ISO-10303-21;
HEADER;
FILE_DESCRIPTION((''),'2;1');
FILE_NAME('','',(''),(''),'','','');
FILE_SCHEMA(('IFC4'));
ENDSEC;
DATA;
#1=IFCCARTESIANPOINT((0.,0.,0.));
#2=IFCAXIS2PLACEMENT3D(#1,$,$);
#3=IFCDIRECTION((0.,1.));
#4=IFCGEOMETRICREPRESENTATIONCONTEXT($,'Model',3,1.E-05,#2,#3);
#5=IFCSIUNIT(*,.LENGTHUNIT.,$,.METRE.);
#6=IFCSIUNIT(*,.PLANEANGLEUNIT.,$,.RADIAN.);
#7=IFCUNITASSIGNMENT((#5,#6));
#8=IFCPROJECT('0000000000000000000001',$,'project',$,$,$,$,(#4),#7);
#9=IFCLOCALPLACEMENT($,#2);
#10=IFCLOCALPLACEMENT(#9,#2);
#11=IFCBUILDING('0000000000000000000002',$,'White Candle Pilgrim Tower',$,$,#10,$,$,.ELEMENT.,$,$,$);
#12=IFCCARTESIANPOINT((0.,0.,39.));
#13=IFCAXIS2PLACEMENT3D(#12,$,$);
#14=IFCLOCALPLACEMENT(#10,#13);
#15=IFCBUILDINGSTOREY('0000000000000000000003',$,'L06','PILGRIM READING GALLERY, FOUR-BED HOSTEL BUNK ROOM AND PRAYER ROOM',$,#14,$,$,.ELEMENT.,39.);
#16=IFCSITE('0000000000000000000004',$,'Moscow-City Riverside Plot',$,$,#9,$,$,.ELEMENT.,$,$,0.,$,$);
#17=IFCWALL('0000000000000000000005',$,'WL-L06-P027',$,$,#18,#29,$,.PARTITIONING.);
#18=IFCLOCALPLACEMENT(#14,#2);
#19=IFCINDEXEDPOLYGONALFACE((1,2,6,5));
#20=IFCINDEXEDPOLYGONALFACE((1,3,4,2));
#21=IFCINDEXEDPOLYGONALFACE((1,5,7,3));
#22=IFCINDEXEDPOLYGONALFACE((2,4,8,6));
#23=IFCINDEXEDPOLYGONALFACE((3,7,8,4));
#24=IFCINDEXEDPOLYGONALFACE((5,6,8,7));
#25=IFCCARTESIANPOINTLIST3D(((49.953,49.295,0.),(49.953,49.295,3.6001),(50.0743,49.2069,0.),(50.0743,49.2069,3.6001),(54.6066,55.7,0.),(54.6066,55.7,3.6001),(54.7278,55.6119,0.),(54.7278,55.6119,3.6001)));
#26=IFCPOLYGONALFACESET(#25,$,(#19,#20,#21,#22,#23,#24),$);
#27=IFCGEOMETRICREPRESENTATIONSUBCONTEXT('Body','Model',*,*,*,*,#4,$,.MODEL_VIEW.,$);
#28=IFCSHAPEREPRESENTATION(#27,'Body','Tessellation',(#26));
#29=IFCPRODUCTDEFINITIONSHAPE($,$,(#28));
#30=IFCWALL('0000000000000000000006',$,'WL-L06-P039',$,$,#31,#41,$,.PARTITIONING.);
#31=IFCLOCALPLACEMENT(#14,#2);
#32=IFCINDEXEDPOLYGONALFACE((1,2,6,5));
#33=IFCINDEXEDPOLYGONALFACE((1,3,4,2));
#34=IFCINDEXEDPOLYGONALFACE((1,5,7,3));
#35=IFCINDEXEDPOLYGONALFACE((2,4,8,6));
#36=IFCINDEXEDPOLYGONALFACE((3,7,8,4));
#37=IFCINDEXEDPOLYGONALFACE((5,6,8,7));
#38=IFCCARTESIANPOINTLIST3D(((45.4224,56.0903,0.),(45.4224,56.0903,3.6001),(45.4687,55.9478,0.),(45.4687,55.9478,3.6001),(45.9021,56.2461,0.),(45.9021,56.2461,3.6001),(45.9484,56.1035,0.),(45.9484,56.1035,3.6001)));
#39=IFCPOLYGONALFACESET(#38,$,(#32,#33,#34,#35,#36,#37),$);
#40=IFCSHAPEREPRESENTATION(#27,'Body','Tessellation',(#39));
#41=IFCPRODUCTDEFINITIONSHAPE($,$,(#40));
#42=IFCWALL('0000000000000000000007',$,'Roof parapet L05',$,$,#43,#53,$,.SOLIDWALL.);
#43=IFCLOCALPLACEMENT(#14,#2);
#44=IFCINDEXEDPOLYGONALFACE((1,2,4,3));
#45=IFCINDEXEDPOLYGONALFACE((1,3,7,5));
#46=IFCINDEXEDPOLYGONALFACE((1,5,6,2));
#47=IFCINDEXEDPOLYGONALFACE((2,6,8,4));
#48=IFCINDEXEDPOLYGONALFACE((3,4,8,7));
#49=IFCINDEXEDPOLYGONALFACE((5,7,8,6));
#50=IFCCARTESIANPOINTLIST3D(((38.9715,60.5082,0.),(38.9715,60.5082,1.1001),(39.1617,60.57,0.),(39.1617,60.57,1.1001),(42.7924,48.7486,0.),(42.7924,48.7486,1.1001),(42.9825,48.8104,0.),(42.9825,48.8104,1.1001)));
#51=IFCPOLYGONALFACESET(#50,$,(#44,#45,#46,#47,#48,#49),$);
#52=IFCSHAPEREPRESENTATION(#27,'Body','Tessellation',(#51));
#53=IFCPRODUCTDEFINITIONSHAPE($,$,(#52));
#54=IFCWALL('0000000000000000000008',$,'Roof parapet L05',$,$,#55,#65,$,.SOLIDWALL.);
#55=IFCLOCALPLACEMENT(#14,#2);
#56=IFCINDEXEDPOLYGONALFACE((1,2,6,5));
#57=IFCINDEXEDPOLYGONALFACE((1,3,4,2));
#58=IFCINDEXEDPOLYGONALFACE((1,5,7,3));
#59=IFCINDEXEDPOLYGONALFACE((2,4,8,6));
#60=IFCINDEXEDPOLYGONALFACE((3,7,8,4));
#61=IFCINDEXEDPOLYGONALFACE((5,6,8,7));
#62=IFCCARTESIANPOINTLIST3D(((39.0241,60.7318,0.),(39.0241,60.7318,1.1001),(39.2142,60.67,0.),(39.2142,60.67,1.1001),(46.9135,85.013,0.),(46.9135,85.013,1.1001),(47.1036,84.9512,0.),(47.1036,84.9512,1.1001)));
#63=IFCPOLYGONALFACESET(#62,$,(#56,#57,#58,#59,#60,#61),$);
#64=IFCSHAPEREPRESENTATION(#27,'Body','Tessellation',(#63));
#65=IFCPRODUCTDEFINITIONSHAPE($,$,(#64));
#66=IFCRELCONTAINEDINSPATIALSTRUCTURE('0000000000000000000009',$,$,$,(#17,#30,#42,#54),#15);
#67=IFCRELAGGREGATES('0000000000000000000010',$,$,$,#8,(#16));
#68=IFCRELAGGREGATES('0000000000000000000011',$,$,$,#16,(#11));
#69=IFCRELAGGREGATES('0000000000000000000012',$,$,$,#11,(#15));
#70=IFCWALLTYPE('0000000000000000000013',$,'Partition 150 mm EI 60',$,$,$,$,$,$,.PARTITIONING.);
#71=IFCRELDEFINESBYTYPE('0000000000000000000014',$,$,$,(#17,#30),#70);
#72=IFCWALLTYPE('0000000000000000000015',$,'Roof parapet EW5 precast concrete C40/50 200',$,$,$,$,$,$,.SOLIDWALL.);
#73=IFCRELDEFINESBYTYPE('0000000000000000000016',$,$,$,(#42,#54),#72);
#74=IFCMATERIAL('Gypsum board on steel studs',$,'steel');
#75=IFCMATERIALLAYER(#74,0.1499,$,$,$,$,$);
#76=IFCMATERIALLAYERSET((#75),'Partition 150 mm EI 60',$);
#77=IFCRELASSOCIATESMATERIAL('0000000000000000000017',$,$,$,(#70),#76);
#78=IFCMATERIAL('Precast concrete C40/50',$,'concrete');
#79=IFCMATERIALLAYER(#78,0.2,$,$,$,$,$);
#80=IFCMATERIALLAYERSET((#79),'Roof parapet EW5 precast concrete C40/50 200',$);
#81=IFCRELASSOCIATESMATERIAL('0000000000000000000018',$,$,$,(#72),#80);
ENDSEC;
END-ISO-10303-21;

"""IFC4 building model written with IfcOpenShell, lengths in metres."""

from ifc_helpers import new_model, si_unit, direction, frame, frame_2d, origin, place, context, subcontext, project, spatial, rectangle, extrude, material, layer, layer_set, type_object, element, save


model = new_model("IFC4")

# Units and contexts
model_context = context("Model", 3, precision=1e-05, world=origin(), true_north=direction((0.0, 1.0)))
body_context = subcontext(model_context, "Body", "Model", "MODEL_VIEW")
ifc_project = project(units=[si_unit("LENGTHUNIT", "METRE"), si_unit("PLANEANGLEUNIT", "RADIAN")], contexts=[model_context])

# Site, building, storey
site_placement = place(None, origin())
site = spatial("IfcSite", under=ifc_project, at=site_placement, Name="Moscow-City Riverside Plot", CompositionType="ELEMENT", RefElevation=0.0)
building_placement = place(site_placement, origin())
building = spatial("IfcBuilding", under=site, at=building_placement, Name="White Candle Pilgrim Tower", CompositionType="ELEMENT")
storey_placement = place(building_placement, frame((0.0, 0.0, 39.0)))
storey = spatial("IfcBuildingStorey", under=building, at=storey_placement, Name="L06", Description="PILGRIM READING GALLERY, FOUR-BED HOSTEL BUNK ROOM AND PRAYER ROOM", CompositionType="ELEMENT", Elevation=39.0)

# Shared definitions
ifc_material_1 = material(Name="Gypsum board on steel studs", Category="steel")

# Shared definitions
ifc_material_2 = material(Name="Precast concrete C40/50", Category="concrete")

# Walls
ifc_layer_1 = layer(ifc_material_1, 0.1499)
ifc_layer_set_1 = layer_set([ifc_layer_1], Name="Partition 150 mm EI 60")
wall_type_1 = type_object("IfcWallType", Name="Partition 150 mm EI 60", PredefinedType="PARTITIONING", material=ifc_layer_set_1)
wall_1_placement = place(storey_placement, frame((50.0137, 49.251, 0.0), z_axis=(0.0, 0.0, 1.0), x_axis=(0.587788, 0.809015, 0.0)))
element("IfcWall", 1, at=wall_1_placement, inside=storey, type_object=wall_type_1, Name="WL-L06-P027", PredefinedType="PARTITIONING", context=body_context, shape_type="SweptSolid", body=[
    extrude(rectangle(XDim=7.917, YDim=0.1499, at=frame_2d((3.9585, 0.0))), origin(), (0.0, 0.0, 1.0), 3.6001),
])
wall_2_placement = place(storey_placement, frame((45.9253, 56.1748, 0.0), z_axis=(0.0, 0.0, 1.0), x_axis=(-0.951123, -0.308812, 0.0)))
element("IfcWall", 2, at=wall_2_placement, inside=storey, type_object=wall_type_1, Name="WL-L06-P039", PredefinedType="PARTITIONING", context=body_context, shape_type="SweptSolid", body=[
    extrude(rectangle(XDim=0.5044, YDim=0.1499, at=frame_2d((0.2522, 0.0))), origin(), (0.0, 0.0, 1.0), 3.6001),
])
ifc_layer_2 = layer(ifc_material_2, 0.2)
ifc_layer_set_2 = layer_set([ifc_layer_2], Name="Roof parapet EW5 precast concrete C40/50 200")
wall_type_2 = type_object("IfcWallType", Name="Roof parapet EW5 precast concrete C40/50 200", PredefinedType="SOLIDWALL", material=ifc_layer_set_2)
wall_3_placement = place(storey_placement, frame((42.8875, 48.7795, 0.0), z_axis=(0.0, 0.0, 1.0), x_axis=(-0.30901, 0.951059, 0.0)))
element("IfcWall", 3, at=wall_3_placement, inside=storey, type_object=wall_type_2, Name="Roof parapet L05", PredefinedType="SOLIDWALL", context=body_context, shape_type="SweptSolid", body=[
    extrude(rectangle(XDim=12.3647, YDim=0.2, at=frame_2d((6.1824, 0.0))), origin(), (0.0, 0.0, 1.0), 1.1001),
])
wall_4_placement = place(storey_placement, frame((39.1191, 60.7009, 0.0), z_axis=(0.0, 0.0, 1.0), x_axis=(0.309015, 0.951057, 0.0)))
element("IfcWall", 4, at=wall_4_placement, inside=storey, type_object=wall_type_2, Name="Roof parapet L05", PredefinedType="SOLIDWALL", context=body_context, shape_type="SweptSolid", body=[
    extrude(rectangle(XDim=25.5308, YDim=0.2, at=frame_2d((12.7654, 0.0))), origin(), (0.0, 0.0, 1.0), 1.1001),
])

save(model, "model.ifc")
